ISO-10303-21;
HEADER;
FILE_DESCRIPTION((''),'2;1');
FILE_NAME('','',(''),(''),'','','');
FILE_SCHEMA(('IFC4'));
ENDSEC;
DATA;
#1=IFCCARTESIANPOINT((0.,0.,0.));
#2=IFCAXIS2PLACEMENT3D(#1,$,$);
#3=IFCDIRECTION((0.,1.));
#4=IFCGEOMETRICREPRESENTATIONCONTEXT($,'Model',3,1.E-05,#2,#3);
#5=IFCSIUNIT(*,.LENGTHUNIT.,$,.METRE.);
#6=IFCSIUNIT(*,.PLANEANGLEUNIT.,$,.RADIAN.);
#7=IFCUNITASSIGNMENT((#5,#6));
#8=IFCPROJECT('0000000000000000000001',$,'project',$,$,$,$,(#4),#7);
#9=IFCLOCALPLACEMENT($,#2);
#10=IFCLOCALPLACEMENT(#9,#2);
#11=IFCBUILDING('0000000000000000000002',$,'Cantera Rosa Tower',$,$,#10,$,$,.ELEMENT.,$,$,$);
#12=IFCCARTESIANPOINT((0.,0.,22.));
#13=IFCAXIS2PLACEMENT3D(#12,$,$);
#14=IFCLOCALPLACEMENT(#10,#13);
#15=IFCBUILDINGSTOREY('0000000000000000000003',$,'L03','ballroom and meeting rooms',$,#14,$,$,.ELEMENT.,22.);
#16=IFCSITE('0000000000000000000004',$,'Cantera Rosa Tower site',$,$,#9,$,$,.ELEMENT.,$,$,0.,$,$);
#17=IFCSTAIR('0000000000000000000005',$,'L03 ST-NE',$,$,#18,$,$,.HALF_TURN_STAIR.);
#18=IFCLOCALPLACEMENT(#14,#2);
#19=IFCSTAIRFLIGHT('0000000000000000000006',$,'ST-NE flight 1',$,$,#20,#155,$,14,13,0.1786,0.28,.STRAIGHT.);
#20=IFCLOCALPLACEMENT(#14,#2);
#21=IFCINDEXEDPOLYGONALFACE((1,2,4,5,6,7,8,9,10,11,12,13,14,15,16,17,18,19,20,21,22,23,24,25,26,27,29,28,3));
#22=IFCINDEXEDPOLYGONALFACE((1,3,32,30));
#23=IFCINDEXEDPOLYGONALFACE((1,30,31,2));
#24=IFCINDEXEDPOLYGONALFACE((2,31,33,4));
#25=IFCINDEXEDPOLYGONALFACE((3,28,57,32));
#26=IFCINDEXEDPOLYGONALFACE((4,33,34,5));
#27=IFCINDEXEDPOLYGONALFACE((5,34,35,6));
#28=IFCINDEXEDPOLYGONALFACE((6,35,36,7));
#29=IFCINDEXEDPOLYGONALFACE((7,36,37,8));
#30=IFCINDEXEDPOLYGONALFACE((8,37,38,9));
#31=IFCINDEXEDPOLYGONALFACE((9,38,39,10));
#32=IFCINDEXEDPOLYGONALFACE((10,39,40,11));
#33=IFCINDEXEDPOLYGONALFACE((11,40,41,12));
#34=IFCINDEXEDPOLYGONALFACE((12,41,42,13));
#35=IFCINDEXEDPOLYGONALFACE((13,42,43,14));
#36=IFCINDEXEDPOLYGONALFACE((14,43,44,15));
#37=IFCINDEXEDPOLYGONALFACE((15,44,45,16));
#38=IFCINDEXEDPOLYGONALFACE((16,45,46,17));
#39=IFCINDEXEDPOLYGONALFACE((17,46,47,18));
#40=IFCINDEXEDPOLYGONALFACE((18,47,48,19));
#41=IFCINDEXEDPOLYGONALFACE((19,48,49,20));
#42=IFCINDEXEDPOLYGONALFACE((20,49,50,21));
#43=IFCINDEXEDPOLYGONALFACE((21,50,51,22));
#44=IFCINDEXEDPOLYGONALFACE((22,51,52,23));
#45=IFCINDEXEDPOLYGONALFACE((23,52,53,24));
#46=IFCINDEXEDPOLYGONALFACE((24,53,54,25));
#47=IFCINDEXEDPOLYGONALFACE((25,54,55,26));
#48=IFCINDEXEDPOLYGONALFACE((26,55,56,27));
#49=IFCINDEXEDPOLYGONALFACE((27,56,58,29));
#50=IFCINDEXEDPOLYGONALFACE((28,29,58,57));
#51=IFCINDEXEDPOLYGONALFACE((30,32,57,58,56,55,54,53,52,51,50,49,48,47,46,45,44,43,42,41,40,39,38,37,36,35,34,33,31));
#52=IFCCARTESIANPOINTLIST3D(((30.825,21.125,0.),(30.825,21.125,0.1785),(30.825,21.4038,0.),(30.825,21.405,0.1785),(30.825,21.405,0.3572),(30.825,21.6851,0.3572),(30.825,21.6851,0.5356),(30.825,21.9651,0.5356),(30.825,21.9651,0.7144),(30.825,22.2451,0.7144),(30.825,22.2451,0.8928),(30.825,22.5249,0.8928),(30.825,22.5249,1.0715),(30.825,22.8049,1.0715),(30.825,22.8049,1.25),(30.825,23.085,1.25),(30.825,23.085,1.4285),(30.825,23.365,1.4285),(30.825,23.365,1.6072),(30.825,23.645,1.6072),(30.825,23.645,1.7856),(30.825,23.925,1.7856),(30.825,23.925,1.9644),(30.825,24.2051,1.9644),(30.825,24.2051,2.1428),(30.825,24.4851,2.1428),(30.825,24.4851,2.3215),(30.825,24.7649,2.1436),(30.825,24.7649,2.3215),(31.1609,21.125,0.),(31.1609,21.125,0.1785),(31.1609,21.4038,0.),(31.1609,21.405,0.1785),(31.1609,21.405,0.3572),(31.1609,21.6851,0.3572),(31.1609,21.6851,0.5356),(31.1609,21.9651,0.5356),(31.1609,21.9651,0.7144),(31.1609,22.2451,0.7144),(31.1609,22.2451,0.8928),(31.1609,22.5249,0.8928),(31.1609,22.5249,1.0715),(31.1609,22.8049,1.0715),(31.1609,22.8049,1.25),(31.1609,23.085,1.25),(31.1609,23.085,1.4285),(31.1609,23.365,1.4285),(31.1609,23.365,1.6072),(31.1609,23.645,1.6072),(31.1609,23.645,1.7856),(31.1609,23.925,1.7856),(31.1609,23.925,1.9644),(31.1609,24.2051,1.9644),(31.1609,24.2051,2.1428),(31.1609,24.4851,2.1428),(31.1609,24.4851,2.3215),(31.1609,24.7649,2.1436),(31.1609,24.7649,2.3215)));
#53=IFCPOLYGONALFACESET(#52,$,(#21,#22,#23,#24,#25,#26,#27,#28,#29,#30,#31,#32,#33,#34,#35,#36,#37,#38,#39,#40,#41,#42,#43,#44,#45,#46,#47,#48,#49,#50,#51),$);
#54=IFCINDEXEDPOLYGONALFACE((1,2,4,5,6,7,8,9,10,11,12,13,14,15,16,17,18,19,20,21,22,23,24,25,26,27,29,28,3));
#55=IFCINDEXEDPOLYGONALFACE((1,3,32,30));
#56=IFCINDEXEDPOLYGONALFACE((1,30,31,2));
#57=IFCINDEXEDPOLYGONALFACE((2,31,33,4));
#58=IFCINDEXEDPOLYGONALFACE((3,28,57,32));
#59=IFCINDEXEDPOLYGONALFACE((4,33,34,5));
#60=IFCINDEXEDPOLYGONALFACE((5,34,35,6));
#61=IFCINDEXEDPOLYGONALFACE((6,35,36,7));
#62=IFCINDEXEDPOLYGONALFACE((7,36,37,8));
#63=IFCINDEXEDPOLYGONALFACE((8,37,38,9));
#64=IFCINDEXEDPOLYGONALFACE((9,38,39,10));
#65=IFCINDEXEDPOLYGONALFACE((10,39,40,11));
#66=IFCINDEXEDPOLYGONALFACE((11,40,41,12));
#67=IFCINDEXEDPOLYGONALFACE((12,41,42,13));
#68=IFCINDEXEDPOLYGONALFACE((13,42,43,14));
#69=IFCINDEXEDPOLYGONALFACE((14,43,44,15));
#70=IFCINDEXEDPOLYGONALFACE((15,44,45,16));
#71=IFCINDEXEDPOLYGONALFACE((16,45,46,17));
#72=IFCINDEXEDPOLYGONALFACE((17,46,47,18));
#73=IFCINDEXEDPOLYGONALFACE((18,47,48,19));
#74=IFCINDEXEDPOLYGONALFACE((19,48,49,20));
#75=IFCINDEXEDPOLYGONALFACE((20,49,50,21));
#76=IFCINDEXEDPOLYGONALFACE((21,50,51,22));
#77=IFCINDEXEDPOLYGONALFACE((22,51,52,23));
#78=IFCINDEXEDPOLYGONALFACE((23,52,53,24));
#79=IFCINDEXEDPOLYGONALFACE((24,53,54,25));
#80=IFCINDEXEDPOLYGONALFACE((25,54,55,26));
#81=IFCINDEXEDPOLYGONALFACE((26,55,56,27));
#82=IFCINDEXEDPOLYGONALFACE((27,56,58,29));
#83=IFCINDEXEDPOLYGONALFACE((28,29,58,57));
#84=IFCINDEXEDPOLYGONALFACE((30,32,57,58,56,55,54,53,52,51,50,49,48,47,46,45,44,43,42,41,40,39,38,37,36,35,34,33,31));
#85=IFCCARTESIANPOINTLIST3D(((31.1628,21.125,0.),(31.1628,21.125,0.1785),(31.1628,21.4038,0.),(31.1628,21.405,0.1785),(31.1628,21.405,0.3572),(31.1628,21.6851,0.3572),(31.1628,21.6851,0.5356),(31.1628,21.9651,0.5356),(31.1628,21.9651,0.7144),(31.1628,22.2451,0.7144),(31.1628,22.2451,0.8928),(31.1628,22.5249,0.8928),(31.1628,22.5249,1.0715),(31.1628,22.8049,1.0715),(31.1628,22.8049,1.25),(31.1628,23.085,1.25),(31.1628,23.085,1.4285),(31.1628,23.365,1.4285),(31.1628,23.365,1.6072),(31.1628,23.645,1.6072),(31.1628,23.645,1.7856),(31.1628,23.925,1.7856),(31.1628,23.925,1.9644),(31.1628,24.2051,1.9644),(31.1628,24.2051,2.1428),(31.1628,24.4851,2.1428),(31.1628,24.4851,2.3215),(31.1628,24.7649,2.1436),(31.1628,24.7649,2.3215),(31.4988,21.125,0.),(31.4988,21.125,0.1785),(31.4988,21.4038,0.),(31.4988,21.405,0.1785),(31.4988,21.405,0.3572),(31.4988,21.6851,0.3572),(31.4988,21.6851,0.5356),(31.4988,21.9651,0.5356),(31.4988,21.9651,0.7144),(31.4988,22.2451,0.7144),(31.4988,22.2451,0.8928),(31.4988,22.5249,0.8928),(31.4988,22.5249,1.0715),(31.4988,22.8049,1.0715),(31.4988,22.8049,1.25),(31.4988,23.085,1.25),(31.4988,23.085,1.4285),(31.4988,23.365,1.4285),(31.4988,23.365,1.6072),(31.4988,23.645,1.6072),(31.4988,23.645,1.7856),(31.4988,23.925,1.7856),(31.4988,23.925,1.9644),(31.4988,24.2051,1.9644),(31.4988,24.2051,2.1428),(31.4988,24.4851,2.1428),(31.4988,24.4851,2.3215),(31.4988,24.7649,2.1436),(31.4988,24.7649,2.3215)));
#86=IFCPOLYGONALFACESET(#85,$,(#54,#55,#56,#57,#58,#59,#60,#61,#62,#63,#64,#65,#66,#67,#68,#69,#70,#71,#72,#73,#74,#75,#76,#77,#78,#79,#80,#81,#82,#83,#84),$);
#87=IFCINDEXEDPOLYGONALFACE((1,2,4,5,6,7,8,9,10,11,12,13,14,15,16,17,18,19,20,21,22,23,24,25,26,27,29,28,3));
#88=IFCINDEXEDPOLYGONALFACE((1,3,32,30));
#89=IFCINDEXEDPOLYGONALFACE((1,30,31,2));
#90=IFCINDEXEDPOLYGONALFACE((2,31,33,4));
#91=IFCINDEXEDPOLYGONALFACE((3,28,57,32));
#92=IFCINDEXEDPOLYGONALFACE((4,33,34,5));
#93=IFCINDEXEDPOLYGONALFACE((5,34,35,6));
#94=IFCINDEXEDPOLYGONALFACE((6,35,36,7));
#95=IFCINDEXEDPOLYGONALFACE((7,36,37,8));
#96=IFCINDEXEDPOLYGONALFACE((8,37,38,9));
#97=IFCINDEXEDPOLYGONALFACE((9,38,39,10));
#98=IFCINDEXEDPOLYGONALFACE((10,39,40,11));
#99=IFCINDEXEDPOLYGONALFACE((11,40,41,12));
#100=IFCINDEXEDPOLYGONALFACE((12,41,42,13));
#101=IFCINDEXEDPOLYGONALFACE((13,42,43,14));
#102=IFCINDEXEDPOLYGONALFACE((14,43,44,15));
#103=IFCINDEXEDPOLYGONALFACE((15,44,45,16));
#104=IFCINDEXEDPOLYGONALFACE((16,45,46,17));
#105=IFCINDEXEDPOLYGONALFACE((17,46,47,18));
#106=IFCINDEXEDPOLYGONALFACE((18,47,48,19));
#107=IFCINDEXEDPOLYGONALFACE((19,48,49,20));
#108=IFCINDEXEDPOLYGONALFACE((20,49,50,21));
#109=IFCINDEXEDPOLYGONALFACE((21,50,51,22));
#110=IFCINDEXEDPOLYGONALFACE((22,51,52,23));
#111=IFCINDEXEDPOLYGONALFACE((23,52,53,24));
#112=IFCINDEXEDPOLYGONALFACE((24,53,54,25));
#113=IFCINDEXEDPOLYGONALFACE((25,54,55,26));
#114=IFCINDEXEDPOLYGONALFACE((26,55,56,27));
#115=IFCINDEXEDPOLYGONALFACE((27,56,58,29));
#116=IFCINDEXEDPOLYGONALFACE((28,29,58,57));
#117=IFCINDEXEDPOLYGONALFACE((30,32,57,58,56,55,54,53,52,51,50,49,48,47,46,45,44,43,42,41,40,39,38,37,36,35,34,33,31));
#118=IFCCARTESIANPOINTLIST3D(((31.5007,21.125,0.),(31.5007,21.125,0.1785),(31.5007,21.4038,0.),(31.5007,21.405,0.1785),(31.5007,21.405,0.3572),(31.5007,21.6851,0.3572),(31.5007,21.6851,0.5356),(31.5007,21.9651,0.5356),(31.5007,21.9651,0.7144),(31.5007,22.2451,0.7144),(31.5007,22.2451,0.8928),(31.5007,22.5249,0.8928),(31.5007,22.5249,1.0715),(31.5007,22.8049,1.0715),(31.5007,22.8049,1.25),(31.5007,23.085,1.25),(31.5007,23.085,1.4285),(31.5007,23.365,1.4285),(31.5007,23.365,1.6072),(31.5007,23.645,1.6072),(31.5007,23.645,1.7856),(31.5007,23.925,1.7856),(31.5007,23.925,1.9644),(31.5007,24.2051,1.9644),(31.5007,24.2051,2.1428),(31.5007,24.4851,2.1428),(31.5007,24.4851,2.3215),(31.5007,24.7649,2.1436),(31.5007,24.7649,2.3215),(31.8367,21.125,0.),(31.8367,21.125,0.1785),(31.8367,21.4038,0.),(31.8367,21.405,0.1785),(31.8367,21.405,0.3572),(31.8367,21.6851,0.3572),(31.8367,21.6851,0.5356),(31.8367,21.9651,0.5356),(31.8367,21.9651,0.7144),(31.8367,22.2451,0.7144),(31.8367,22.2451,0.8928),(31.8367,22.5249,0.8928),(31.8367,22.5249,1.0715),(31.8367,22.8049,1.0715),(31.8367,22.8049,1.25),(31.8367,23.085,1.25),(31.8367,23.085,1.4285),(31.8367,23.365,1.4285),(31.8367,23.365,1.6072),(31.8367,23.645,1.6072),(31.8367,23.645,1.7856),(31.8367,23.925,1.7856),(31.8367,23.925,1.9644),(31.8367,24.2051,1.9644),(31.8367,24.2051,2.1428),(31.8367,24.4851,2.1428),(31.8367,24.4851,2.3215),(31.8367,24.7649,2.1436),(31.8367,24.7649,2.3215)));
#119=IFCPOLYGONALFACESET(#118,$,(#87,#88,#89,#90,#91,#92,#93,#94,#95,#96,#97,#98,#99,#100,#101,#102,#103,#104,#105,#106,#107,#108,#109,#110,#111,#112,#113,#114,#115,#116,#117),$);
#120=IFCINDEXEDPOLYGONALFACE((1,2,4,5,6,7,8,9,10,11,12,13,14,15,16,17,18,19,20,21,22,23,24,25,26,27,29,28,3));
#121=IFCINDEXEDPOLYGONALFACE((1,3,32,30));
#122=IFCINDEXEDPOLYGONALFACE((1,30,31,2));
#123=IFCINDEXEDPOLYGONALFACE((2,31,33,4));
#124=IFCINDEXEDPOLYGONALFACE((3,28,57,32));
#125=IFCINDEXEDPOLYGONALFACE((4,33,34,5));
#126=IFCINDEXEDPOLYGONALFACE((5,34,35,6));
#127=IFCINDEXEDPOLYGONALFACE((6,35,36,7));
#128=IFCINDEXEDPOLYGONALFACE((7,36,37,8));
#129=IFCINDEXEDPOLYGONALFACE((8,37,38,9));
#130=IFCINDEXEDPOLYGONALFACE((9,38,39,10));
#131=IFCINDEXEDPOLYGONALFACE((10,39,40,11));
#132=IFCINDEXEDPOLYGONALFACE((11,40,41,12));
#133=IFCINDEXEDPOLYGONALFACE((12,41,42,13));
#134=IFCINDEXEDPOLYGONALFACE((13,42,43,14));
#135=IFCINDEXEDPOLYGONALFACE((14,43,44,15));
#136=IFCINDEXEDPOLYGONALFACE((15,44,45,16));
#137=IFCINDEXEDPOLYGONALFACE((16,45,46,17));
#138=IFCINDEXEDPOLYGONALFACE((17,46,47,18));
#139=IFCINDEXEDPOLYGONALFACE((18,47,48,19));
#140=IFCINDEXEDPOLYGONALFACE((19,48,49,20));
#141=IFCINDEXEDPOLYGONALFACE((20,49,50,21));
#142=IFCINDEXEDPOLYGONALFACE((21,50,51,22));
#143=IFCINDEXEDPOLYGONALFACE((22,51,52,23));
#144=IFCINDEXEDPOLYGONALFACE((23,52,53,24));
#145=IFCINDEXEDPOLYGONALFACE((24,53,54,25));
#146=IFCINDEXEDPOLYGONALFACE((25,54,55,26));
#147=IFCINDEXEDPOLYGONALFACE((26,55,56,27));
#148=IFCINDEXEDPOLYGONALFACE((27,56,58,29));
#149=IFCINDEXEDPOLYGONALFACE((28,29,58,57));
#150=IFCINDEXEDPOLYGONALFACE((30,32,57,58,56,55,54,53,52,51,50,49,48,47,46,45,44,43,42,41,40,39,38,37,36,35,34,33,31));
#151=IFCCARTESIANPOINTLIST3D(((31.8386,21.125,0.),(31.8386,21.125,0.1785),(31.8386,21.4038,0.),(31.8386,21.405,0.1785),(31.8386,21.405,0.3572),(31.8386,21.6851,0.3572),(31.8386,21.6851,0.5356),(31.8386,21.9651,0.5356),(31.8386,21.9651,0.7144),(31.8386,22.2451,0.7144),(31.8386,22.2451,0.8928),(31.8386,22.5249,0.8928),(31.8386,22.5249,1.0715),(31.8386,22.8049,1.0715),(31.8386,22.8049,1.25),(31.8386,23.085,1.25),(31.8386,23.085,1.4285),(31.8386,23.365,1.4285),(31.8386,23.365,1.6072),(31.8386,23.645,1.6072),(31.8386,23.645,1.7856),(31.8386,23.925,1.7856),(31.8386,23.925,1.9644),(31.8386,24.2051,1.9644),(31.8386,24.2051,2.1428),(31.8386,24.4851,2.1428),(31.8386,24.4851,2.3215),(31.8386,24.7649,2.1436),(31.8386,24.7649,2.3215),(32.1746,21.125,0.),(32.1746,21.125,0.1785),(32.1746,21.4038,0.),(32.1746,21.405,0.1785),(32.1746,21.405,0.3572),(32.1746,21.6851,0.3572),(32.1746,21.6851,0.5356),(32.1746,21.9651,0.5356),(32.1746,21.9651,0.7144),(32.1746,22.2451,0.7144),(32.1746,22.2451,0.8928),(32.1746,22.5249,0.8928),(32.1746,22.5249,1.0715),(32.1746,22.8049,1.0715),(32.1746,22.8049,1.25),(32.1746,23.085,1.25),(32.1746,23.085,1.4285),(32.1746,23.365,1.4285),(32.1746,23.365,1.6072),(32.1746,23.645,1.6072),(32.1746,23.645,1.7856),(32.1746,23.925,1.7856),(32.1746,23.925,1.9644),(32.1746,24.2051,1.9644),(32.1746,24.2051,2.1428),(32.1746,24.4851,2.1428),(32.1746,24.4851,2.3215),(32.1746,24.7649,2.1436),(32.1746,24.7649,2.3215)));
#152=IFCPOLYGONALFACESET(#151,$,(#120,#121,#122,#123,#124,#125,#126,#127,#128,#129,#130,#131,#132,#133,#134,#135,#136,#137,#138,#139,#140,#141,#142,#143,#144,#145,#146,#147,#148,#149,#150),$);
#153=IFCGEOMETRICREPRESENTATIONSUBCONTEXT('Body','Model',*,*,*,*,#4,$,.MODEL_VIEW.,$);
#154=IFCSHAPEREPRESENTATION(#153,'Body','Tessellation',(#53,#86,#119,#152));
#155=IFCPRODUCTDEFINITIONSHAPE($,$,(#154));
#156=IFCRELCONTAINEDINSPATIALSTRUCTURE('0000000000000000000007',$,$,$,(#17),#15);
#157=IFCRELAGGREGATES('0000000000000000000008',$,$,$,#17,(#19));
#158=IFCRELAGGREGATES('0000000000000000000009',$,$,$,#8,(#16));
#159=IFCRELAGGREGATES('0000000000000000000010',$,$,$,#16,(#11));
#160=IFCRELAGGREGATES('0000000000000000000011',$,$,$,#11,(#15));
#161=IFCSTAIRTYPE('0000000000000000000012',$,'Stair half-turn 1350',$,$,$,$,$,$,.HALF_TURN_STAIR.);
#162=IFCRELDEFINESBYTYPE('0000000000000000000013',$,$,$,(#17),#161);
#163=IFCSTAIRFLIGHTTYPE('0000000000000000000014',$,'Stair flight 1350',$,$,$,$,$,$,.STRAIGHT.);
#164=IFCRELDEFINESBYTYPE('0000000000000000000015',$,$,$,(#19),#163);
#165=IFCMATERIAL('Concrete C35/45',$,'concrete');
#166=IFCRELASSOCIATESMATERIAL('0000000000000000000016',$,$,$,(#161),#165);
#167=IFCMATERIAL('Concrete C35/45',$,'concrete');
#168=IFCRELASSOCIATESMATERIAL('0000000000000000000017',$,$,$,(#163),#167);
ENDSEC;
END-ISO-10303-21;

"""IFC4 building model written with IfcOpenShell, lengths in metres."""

from ifc_helpers import new_model, si_unit, direction, frame, origin, place, context, subcontext, project, spatial, polyline, outline, extrude, material, type_object, element, aggregate, save


model = new_model("IFC4")

# Units and contexts
model_context = context("Model", 3, precision=1e-05, world=origin(), true_north=direction((0.0, 1.0)))
body_context = subcontext(model_context, "Body", "Model", "MODEL_VIEW")
ifc_project = project(units=[si_unit("LENGTHUNIT", "METRE"), si_unit("PLANEANGLEUNIT", "RADIAN")], contexts=[model_context])

# Site, building, storey
site_placement = place(None, origin())
site = spatial("IfcSite", under=ifc_project, at=site_placement, Name="Cantera Rosa Tower site", CompositionType="ELEMENT", RefElevation=0.0)
building_placement = place(site_placement, origin())
building = spatial("IfcBuilding", under=site, at=building_placement, Name="Cantera Rosa Tower", CompositionType="ELEMENT")
storey_placement = place(building_placement, frame((0.0, 0.0, 22.0)))
storey = spatial("IfcBuildingStorey", under=building, at=storey_placement, Name="L03", Description="ballroom and meeting rooms", CompositionType="ELEMENT", Elevation=22.0)

# Stair, stair flight
ifc_material_1 = material(Name="Concrete C35/45", Category="concrete")
stair_type = type_object("IfcStairType", Name="Stair half-turn 1350", PredefinedType="HALF_TURN_STAIR", material=ifc_material_1)
stair_placement = place(storey_placement, origin())
stair = element("IfcStair", 1, at=stair_placement, inside=storey, type_object=stair_type, Name="L03 ST-NE", PredefinedType="HALF_TURN_STAIR")
ifc_material_2 = material(Name="Concrete C35/45", Category="concrete")
stair_flight_type = type_object("IfcStairFlightType", Name="Stair flight 1350", PredefinedType="STRAIGHT", material=ifc_material_2)
stair_flight_1_placement = place(storey_placement, frame((31.5, 21.125, 0.0), z_axis=(0.0, 0.0, 1.0), x_axis=(0.0, 1.0, 0.0)))
stair_flight_1 = element("IfcStairFlight", 2, at=stair_flight_1_placement, type_object=stair_flight_type, Name="ST-NE flight 1", NumberOfRisers=14, NumberOfTreads=13, PredefinedType="STRAIGHT", RiserHeight=0.1786, TreadLength=0.28, context=body_context, shape_type="SweptSolid", body=[
    extrude(outline(polyline([(0.0, 0.0), (0.0, 0.1785), (0.28, 0.1785), (0.28, 0.3572), (0.5601, 0.3572), (0.5601, 0.5356), (0.8401, 0.5356), (0.8401, 0.7144), (1.1201, 0.7144), (1.1201, 0.8928), (1.3999, 0.8928), (1.3999, 1.0715), (1.6799, 1.0715), (1.6799, 1.25), (1.96, 1.25), (1.96, 1.4285), (2.24, 1.4285), (2.24, 1.6072), (2.52, 1.6072), (2.52, 1.7856), (2.8, 1.7856), (2.8, 1.9644), (3.0801, 1.9644), (3.0801, 2.1428), (3.3601, 2.1428), (3.3601, 2.3215), (3.6399, 2.3215), (3.6399, 2.5), (3.6399, 2.1436), (0.2788, 0.0), (0.0, 0.0)])), frame((0.0, 0.675, 0.0), z_axis=(0.0, -1.0, 0.0), x_axis=(1.0, 0.0, 0.0)), (0.0, 0.0, 1.0), 0.3359),
    extrude(outline(polyline([(0.0, 0.0), (0.0, 0.1785), (0.28, 0.1785), (0.28, 0.3572), (0.5601, 0.3572), (0.5601, 0.5356), (0.8401, 0.5356), (0.8401, 0.7144), (1.1201, 0.7144), (1.1201, 0.8928), (1.3999, 0.8928), (1.3999, 1.0715), (1.6799, 1.0715), (1.6799, 1.25), (1.96, 1.25), (1.96, 1.4285), (2.24, 1.4285), (2.24, 1.6072), (2.52, 1.6072), (2.52, 1.7856), (2.8, 1.7856), (2.8, 1.9644), (3.0801, 1.9644), (3.0801, 2.1428), (3.3601, 2.1428), (3.3601, 2.3215), (3.6399, 2.3215), (3.6399, 2.5), (3.6399, 2.1436), (0.2788, 0.0), (0.0, 0.0)])), frame((0.0, 0.3372, 0.0), z_axis=(0.0, -1.0, 0.0), x_axis=(1.0, 0.0, 0.0)), (0.0, 0.0, 1.0), 0.3359),
    extrude(outline(polyline([(0.0, 0.0), (0.0, 0.1785), (0.28, 0.1785), (0.28, 0.3572), (0.5601, 0.3572), (0.5601, 0.5356), (0.8401, 0.5356), (0.8401, 0.7144), (1.1201, 0.7144), (1.1201, 0.8928), (1.3999, 0.8928), (1.3999, 1.0715), (1.6799, 1.0715), (1.6799, 1.25), (1.96, 1.25), (1.96, 1.4285), (2.24, 1.4285), (2.24, 1.6072), (2.52, 1.6072), (2.52, 1.7856), (2.8, 1.7856), (2.8, 1.9644), (3.0801, 1.9644), (3.0801, 2.1428), (3.3601, 2.1428), (3.3601, 2.3215), (3.6399, 2.3215), (3.6399, 2.5), (3.6399, 2.1436), (0.2788, 0.0), (0.0, 0.0)])), frame((0.0, -0.0007, 0.0), z_axis=(0.0, -1.0, 0.0), x_axis=(1.0, 0.0, 0.0)), (0.0, 0.0, 1.0), 0.3359),
    extrude(outline(polyline([(0.0, 0.0), (0.0, 0.1785), (0.28, 0.1785), (0.28, 0.3572), (0.5601, 0.3572), (0.5601, 0.5356), (0.8401, 0.5356), (0.8401, 0.7144), (1.1201, 0.7144), (1.1201, 0.8928), (1.3999, 0.8928), (1.3999, 1.0715), (1.6799, 1.0715), (1.6799, 1.25), (1.96, 1.25), (1.96, 1.4285), (2.24, 1.4285), (2.24, 1.6072), (2.52, 1.6072), (2.52, 1.7856), (2.8, 1.7856), (2.8, 1.9644), (3.0801, 1.9644), (3.0801, 2.1428), (3.3601, 2.1428), (3.3601, 2.3215), (3.6399, 2.3215), (3.6399, 2.5), (3.6399, 2.1436), (0.2788, 0.0), (0.0, 0.0)])), frame((0.0, -0.3386, 0.0), z_axis=(0.0, -1.0, 0.0), x_axis=(1.0, 0.0, 0.0)), (0.0, 0.0, 1.0), 0.3359),
])
aggregate(stair, [stair_flight_1])

save(model, "model.ifc")
